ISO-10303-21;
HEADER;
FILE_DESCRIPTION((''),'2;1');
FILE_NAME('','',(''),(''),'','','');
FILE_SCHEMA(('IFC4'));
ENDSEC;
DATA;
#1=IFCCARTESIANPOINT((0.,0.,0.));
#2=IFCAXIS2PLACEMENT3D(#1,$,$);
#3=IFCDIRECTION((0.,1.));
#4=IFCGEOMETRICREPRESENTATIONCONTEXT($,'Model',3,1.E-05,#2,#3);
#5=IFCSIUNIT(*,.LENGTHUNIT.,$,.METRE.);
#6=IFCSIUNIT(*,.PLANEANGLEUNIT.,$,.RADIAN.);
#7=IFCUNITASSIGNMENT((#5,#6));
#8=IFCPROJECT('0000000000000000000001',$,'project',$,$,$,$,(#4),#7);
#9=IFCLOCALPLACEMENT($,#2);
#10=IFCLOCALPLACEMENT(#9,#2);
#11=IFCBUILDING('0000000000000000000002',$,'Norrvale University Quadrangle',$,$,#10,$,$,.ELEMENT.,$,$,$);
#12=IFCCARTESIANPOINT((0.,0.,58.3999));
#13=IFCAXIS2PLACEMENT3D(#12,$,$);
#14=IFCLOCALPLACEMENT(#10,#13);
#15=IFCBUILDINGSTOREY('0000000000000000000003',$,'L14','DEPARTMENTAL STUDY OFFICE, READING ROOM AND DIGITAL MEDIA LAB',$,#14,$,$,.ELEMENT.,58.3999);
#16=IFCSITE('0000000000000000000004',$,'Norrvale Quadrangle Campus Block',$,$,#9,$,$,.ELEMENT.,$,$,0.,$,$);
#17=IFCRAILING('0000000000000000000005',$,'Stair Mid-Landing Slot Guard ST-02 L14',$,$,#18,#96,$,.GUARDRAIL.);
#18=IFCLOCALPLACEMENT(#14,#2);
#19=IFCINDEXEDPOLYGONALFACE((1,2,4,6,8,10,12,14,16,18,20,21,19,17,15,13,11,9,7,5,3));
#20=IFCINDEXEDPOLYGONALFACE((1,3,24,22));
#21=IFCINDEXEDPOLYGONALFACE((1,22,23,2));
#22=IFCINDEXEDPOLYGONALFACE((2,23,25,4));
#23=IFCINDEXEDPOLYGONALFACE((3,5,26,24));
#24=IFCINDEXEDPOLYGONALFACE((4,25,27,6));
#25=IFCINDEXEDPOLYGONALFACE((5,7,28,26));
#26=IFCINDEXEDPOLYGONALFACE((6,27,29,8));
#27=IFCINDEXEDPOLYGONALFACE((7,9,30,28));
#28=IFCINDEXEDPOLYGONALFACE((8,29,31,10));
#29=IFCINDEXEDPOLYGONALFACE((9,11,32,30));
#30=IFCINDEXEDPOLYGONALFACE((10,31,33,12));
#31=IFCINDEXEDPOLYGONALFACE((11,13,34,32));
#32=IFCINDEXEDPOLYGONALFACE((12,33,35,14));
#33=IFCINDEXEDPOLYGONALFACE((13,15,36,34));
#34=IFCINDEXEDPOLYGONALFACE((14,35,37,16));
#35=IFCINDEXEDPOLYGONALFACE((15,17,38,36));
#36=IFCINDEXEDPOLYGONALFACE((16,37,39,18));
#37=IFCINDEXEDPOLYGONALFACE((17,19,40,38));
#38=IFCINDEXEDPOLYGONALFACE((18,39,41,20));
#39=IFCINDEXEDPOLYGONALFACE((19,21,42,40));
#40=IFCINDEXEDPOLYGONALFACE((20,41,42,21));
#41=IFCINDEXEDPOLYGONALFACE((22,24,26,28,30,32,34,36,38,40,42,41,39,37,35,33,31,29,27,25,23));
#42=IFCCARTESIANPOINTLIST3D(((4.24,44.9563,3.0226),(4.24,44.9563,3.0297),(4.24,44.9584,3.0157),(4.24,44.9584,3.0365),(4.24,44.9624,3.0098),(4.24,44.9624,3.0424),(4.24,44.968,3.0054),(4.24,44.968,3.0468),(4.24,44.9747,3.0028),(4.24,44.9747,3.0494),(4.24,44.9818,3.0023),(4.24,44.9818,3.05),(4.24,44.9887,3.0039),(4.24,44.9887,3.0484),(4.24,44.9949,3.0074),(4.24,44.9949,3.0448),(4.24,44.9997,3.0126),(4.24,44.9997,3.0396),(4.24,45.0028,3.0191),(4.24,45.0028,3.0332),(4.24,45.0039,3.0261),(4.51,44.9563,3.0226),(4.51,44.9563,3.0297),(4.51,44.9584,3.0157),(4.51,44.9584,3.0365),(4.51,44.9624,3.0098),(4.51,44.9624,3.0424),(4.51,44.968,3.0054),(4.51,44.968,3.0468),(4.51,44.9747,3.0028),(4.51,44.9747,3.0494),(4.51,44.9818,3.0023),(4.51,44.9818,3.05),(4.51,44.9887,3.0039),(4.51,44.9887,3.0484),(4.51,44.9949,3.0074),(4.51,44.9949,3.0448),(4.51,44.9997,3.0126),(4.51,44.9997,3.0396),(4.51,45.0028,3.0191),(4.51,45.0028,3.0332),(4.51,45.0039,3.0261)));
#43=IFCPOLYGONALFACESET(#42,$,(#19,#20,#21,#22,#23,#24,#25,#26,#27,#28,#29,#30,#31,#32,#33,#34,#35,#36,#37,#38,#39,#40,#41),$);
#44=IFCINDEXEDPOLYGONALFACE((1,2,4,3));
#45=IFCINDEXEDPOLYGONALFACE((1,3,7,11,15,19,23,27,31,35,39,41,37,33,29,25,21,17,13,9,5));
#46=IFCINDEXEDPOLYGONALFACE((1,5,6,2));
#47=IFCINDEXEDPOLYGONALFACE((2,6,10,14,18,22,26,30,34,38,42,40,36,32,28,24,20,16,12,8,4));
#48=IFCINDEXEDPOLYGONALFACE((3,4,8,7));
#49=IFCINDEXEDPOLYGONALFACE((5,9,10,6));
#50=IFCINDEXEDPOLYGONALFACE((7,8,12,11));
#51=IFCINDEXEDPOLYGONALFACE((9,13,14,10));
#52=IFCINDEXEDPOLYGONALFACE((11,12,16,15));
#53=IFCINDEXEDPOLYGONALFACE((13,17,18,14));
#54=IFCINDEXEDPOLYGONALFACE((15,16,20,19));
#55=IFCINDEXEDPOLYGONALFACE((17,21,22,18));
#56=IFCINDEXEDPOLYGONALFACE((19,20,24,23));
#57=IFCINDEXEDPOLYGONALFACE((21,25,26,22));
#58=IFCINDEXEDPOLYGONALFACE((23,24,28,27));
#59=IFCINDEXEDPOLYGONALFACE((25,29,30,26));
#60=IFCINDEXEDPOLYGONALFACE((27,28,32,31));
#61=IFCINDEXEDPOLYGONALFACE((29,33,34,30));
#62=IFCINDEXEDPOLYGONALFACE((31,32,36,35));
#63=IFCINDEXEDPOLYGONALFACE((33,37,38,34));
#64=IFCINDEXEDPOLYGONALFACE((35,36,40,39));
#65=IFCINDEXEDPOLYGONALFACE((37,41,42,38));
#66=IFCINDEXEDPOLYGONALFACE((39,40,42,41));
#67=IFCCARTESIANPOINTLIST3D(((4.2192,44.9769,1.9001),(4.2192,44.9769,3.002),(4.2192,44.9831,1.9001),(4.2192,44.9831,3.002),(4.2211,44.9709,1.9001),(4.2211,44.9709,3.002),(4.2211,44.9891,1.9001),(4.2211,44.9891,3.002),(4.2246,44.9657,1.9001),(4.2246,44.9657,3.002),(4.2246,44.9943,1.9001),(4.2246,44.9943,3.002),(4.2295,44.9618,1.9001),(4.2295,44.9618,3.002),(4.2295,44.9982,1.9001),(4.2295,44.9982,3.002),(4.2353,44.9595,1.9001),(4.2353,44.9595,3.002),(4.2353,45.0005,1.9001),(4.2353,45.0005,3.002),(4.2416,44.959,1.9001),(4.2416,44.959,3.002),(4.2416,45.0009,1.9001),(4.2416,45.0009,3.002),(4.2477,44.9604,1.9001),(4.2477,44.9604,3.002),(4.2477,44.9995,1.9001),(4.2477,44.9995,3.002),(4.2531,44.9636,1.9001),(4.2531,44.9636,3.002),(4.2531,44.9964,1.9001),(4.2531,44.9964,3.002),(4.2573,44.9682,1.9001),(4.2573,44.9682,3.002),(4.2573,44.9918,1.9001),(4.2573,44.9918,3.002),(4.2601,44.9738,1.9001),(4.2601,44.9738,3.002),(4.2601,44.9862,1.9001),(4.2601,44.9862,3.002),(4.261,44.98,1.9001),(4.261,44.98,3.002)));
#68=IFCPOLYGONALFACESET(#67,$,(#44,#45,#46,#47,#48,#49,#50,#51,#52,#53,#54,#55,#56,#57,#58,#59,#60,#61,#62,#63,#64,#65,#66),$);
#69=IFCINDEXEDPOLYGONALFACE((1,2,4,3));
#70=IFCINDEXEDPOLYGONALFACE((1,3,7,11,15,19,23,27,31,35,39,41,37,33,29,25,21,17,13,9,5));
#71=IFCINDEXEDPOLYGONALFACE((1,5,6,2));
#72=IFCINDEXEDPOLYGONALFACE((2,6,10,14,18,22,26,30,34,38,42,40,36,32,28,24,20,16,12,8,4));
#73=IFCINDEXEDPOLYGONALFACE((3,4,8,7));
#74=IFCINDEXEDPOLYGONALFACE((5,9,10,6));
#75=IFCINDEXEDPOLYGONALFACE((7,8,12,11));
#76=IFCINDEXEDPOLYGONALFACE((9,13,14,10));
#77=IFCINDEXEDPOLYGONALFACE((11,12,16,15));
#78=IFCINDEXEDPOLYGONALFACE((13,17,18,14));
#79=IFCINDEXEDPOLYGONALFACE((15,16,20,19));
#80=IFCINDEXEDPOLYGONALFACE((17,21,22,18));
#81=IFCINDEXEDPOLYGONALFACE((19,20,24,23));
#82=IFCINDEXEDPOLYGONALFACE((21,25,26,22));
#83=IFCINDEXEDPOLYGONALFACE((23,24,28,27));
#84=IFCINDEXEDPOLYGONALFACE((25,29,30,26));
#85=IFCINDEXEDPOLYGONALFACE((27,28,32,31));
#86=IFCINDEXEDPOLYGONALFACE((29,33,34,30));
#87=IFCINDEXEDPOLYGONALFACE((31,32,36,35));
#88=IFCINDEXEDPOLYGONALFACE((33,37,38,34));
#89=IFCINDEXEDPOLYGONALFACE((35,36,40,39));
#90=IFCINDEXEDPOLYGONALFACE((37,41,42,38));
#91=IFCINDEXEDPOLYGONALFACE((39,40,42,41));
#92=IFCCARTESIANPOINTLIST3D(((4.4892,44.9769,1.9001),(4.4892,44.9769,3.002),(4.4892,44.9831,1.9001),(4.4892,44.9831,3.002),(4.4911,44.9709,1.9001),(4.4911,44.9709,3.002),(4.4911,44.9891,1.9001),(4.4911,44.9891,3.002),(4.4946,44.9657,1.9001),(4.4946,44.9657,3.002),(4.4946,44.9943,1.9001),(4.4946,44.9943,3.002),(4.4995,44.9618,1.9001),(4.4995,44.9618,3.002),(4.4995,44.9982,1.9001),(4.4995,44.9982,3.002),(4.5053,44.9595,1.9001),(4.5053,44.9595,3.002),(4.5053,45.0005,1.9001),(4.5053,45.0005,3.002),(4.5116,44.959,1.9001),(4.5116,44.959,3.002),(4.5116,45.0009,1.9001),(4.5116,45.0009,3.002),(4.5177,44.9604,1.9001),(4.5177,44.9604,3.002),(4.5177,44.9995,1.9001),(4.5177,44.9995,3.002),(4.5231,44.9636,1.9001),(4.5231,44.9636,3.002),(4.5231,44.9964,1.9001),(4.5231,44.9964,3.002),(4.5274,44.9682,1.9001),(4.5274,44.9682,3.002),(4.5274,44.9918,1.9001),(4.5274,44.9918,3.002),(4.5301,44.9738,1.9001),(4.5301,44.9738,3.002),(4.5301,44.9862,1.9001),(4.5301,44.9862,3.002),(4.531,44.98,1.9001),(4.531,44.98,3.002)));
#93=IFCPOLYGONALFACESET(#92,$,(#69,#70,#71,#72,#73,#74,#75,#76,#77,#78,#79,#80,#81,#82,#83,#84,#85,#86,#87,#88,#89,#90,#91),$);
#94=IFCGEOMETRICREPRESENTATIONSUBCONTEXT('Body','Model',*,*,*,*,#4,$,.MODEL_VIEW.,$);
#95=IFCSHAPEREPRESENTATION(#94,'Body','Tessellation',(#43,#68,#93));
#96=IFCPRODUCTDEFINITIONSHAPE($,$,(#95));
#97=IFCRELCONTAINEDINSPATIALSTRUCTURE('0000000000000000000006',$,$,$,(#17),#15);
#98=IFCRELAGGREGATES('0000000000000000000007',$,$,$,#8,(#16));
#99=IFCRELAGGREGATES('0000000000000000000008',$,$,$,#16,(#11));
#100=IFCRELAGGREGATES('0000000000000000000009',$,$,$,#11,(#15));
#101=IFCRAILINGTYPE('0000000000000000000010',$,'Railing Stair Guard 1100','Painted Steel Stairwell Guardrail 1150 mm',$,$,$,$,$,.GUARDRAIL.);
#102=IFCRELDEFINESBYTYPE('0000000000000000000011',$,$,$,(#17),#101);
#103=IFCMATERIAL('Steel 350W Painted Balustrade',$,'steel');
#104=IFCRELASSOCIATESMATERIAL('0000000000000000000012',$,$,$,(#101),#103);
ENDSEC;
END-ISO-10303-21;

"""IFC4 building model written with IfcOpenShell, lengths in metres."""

from ifc_helpers import new_model, si_unit, direction, frame, origin, origin_2d, place, context, subcontext, project, spatial, circle, extrude, material, type_object, element, save


model = new_model("IFC4")

# Units and contexts
model_context = context("Model", 3, precision=1e-05, world=origin(), true_north=direction((0.0, 1.0)))
body_context = subcontext(model_context, "Body", "Model", "MODEL_VIEW")
ifc_project = project(units=[si_unit("LENGTHUNIT", "METRE"), si_unit("PLANEANGLEUNIT", "RADIAN")], contexts=[model_context])

# Site, building, storey
site_placement = place(None, origin())
site = spatial("IfcSite", under=ifc_project, at=site_placement, Name="Norrvale Quadrangle Campus Block", CompositionType="ELEMENT", RefElevation=0.0)
building_placement = place(site_placement, origin())
building = spatial("IfcBuilding", under=site, at=building_placement, Name="Norrvale University Quadrangle", CompositionType="ELEMENT")
storey_placement = place(building_placement, frame((0.0, 0.0, 58.3999)))
storey = spatial("IfcBuildingStorey", under=building, at=storey_placement, Name="L14", Description="DEPARTMENTAL STUDY OFFICE, READING ROOM AND DIGITAL MEDIA LAB", CompositionType="ELEMENT", Elevation=58.3999)

# Railing
ifc_material_1 = material(Name="Steel 350W Painted Balustrade", Category="steel")
railing_type_1 = type_object("IfcRailingType", Name="Railing Stair Guard 1100", Description="Painted Steel Stairwell Guardrail 1150 mm", PredefinedType="GUARDRAIL", material=ifc_material_1)
for number, where, name in (
    (1, (4.24, 44.98, 1.9001), "Stair Mid-Landing Slot Guard ST-02 L14"),
):
    element("IfcRailing", number, at=place(storey_placement, frame(where)), inside=storey, type_object=railing_type_1, Name=name, PredefinedType="GUARDRAIL", context=body_context, shape_type="SweptSolid", body=[
        extrude(circle(Radius=0.0239, at=origin_2d()), frame((0.0, 0.0, 1.126), z_axis=(1.0, 0.0, 0.0), x_axis=(0.0, 1.0, 0.0)), (0.0, 0.0, 1.0), 0.27),
        extrude(circle(Radius=0.021, at=origin_2d()), origin(), (0.0, 0.0, 1.0), 1.1018),
        extrude(circle(Radius=0.021, at=origin_2d()), frame((0.27, 0.0, 0.0)), (0.0, 0.0, 1.0), 1.1018),
    ])

save(model, "model.ifc")
